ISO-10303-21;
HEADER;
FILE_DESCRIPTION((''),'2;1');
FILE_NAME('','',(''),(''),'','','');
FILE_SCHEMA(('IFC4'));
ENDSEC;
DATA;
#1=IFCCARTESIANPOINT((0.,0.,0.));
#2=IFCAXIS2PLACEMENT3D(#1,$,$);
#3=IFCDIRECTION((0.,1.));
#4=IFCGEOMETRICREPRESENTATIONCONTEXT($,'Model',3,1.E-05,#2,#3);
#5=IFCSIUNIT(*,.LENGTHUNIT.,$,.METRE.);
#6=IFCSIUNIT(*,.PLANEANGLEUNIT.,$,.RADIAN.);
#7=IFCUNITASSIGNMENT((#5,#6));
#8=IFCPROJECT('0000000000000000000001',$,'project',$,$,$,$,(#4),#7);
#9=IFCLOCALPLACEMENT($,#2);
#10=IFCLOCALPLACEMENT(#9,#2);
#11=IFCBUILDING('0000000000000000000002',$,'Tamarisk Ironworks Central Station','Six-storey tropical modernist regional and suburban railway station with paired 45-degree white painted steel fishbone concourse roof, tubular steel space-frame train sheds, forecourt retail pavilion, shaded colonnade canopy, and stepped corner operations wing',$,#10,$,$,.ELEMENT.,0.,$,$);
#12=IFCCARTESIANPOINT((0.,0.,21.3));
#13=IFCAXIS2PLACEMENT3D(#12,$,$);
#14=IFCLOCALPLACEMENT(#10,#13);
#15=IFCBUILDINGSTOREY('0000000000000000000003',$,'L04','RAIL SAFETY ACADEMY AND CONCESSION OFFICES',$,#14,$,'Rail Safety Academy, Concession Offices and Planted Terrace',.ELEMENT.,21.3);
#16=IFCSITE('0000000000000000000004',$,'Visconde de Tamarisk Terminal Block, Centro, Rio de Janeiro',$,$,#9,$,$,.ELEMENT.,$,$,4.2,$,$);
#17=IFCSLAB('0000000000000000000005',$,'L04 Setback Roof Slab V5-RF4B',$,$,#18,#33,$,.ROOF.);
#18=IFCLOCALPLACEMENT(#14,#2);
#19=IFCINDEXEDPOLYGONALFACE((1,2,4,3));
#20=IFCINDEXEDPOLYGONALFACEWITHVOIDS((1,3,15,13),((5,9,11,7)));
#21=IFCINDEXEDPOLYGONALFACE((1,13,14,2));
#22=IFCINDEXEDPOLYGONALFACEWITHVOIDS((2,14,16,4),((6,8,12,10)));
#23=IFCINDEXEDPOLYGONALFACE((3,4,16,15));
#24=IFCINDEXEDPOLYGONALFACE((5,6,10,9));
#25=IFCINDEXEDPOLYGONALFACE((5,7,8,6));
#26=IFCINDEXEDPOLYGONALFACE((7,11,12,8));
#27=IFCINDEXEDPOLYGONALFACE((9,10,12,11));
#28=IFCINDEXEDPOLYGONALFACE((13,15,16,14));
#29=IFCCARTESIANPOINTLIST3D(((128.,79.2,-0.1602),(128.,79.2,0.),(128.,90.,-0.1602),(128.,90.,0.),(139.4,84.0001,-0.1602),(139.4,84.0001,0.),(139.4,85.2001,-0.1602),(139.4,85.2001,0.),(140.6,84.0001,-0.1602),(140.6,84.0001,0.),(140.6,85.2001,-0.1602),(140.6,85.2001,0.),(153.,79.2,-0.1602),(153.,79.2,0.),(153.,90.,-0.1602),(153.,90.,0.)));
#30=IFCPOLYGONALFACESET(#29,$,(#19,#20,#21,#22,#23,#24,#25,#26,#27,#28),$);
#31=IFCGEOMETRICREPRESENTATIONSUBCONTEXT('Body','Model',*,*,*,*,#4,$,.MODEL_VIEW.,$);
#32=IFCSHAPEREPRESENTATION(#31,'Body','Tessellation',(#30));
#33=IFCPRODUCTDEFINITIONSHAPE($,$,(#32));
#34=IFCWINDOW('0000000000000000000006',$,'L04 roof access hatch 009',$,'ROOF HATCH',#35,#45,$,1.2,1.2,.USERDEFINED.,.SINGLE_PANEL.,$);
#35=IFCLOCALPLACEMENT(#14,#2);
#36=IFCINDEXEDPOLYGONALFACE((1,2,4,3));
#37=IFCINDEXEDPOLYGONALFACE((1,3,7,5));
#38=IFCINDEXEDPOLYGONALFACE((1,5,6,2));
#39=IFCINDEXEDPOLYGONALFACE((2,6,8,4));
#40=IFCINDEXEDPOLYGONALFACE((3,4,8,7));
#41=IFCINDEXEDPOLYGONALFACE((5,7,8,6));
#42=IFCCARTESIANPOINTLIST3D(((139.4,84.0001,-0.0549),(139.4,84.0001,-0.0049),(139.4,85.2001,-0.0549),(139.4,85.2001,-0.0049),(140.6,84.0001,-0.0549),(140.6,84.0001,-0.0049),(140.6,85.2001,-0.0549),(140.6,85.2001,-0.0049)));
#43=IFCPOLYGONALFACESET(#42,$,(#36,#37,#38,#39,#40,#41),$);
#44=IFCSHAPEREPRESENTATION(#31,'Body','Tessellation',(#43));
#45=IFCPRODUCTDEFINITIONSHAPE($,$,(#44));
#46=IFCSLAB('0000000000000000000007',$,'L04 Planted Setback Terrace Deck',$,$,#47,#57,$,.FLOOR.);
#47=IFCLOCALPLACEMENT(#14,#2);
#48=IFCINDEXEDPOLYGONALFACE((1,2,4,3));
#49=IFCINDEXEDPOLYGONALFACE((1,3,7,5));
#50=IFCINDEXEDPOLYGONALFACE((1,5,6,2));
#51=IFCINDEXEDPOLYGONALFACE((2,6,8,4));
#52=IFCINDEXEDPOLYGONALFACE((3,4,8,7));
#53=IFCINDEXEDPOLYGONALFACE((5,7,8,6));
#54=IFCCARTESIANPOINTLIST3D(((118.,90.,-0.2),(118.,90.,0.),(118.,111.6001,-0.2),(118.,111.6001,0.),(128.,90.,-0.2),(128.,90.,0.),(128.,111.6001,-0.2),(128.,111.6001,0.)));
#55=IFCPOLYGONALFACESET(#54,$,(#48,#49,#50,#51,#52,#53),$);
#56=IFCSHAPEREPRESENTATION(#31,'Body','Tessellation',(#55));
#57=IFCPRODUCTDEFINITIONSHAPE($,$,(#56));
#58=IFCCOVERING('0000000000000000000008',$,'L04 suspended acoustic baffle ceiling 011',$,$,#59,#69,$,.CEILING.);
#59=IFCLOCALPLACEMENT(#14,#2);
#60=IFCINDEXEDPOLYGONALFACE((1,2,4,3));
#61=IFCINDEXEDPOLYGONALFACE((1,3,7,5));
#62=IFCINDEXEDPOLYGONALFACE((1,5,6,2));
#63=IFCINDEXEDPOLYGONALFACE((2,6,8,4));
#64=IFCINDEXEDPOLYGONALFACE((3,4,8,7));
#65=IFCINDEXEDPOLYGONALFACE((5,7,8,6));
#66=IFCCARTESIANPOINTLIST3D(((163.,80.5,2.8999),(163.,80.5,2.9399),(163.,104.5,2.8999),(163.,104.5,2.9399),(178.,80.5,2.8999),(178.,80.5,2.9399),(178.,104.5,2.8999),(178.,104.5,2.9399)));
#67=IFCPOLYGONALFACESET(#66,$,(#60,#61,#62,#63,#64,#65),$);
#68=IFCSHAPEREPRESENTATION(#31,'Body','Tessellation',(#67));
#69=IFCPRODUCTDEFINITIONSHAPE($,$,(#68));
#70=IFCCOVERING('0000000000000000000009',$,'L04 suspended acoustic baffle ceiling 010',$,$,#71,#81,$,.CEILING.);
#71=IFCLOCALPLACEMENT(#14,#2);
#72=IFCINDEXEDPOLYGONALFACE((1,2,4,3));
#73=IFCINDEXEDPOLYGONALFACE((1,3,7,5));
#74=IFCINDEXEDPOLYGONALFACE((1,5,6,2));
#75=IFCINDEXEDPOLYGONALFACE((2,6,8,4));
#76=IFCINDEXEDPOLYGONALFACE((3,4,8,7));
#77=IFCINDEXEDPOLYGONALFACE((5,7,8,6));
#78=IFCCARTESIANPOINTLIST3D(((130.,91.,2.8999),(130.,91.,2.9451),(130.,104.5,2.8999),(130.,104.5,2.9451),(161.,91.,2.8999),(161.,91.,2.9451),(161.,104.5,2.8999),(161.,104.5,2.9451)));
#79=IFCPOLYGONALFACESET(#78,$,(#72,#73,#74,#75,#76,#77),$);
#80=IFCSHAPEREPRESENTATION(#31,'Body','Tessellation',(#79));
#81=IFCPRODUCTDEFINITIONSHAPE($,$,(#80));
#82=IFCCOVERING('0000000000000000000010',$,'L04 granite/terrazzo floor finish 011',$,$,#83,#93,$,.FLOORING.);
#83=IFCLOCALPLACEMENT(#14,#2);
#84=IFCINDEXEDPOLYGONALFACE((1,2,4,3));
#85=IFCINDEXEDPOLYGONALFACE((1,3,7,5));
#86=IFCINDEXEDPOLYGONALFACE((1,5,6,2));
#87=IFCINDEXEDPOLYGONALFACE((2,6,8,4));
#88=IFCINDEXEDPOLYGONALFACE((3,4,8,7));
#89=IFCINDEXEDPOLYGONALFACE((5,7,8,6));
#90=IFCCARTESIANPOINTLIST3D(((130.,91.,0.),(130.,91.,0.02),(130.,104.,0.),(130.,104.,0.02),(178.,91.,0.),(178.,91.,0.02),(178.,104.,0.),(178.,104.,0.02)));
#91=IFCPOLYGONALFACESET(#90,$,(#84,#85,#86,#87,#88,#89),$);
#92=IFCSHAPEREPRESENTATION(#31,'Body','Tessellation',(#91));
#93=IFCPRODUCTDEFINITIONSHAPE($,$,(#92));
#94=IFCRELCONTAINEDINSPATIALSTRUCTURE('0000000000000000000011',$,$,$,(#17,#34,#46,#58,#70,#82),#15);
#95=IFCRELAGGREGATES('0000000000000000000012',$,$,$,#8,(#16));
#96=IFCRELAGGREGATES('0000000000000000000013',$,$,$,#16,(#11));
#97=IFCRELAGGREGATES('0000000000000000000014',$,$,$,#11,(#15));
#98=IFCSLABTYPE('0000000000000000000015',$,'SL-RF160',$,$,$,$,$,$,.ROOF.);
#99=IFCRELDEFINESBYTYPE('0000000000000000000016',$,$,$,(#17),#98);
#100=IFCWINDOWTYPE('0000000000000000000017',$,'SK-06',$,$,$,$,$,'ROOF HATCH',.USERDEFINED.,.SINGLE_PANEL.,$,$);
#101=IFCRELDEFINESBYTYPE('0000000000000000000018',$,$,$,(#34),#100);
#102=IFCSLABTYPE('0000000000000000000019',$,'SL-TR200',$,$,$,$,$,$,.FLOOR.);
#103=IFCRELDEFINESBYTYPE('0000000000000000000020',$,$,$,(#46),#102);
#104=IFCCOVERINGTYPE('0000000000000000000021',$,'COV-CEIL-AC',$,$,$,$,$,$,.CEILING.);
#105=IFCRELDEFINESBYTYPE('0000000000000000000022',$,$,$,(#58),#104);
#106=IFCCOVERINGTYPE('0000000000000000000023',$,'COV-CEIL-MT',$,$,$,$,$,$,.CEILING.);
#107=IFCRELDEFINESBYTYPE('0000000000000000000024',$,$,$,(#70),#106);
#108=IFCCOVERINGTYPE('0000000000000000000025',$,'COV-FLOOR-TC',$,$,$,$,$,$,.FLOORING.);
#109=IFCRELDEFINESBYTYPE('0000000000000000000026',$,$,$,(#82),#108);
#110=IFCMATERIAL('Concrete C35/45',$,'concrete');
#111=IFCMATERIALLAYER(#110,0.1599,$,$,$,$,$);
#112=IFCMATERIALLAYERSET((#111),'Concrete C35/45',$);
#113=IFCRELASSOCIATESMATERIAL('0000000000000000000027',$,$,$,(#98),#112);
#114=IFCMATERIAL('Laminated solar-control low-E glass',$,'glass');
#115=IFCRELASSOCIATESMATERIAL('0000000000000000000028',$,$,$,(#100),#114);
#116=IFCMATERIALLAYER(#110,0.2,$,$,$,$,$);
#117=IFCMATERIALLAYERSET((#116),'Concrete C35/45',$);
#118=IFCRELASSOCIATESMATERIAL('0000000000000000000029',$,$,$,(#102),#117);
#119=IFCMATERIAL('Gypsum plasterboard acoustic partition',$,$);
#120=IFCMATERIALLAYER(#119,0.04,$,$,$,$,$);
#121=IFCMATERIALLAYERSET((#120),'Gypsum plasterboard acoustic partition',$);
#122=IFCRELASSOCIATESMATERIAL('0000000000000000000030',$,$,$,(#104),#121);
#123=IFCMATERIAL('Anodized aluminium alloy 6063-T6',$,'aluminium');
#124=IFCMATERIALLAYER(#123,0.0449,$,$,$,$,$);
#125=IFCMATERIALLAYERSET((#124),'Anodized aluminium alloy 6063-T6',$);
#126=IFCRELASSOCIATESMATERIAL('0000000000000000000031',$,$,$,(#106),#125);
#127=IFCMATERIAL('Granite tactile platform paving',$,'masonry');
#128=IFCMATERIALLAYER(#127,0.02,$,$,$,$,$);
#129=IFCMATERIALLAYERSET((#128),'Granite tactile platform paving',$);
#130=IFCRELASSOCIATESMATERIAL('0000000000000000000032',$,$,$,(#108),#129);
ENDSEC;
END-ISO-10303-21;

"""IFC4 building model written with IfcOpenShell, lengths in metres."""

from ifc_helpers import new_model, si_unit, direction, frame, origin, origin_2d, place, context, subcontext, project, spatial, polyline, rectangle, outline, extrude, material, layer, layer_set, type_object, element, fill, save


model = new_model("IFC4")

# Units and contexts
model_context = context("Model", 3, precision=1e-05, world=origin(), true_north=direction((0.0, 1.0)))
body_context = subcontext(model_context, "Body", "Model", "MODEL_VIEW")
ifc_project = project(units=[si_unit("LENGTHUNIT", "METRE"), si_unit("PLANEANGLEUNIT", "RADIAN")], contexts=[model_context])

# Site, building, storey
site_placement = place(None, origin())
site = spatial("IfcSite", under=ifc_project, at=site_placement, Name="Visconde de Tamarisk Terminal Block, Centro, Rio de Janeiro", CompositionType="ELEMENT", RefElevation=4.2)
building_placement = place(site_placement, origin())
building = spatial("IfcBuilding", under=site, at=building_placement, Name="Tamarisk Ironworks Central Station", Description="Six-storey tropical modernist regional and suburban railway station with paired 45-degree white painted steel fishbone concourse roof, tubular steel space-frame train sheds, forecourt retail pavilion, shaded colonnade canopy, and stepped corner operations wing", CompositionType="ELEMENT", ElevationOfRefHeight=0.0)
storey_placement = place(building_placement, frame((0.0, 0.0, 21.3)))
storey = spatial("IfcBuildingStorey", under=building, at=storey_placement, Name="L04", Description="RAIL SAFETY ACADEMY AND CONCESSION OFFICES", LongName="Rail Safety Academy, Concession Offices and Planted Terrace", CompositionType="ELEMENT", Elevation=21.3)

# Shared definitions
ifc_material_1 = material(Name="Concrete C35/45", Category="concrete")

# Slab, opening, window
ifc_layer_1 = layer(ifc_material_1, 0.1599)
ifc_layer_set_1 = layer_set([ifc_layer_1], Name="Concrete C35/45")
slab_type_1 = type_object("IfcSlabType", Name="SL-RF160", PredefinedType="ROOF", material=ifc_layer_set_1)
slab_1_placement = place(storey_placement, frame((0.0, 0.0, -0.1602)))
slab_1 = element("IfcSlab", 1, at=slab_1_placement, inside=storey, type_object=slab_type_1, Name="L04 Setback Roof Slab V5-RF4B", PredefinedType="ROOF", context=body_context, shape_type="SweptSolid", body=[
    extrude(outline(polyline([(128.0, 79.2), (153.0, 79.2), (153.0, 90.0), (128.0, 90.0), (128.0, 79.2)])), origin(), (0.0, 0.0, 1.0), 0.1602),
])
opening_placement = place(slab_1_placement, frame((140.0, 84.6001, 0.0)))
opening = element("IfcOpeningElement", 2, at=opening_placement, cuts=slab_1, PredefinedType="OPENING", context=body_context, shape_type="SweptSolid", body=[
    extrude(rectangle(XDim=1.2, YDim=1.2, at=origin_2d()), frame((0.0, 0.0, -0.012)), (0.0, 0.0, 1.0), 0.1841),
])
ifc_material_2 = material(Name="Laminated solar-control low-E glass", Category="glass")
window_type = type_object("IfcWindowType", Name="SK-06", ElementType="ROOF HATCH", PartitioningType="SINGLE_PANEL", PredefinedType="USERDEFINED", material=ifc_material_2)
window_placement = place(opening_placement, frame((0.0, 0.0, 0.1052)))
window = element("IfcWindow", 3, at=window_placement, inside=storey, type_object=window_type, Name="L04 roof access hatch 009", ObjectType="ROOF HATCH", OverallHeight=1.2, OverallWidth=1.2, PartitioningType="SINGLE_PANEL", PredefinedType="USERDEFINED", context=body_context, shape_type="SweptSolid", body=[
    extrude(rectangle(XDim=1.2, YDim=1.2, at=origin_2d()), origin(), (0.0, 0.0, 1.0), 0.05),
])
fill(opening, window)

# Slab
ifc_layer_2 = layer(ifc_material_1, 0.2)
ifc_layer_set_2 = layer_set([ifc_layer_2], Name="Concrete C35/45")
slab_type_2 = type_object("IfcSlabType", Name="SL-TR200", PredefinedType="FLOOR", material=ifc_layer_set_2)
slab_2_placement = place(storey_placement, frame((0.0, 0.0, -0.2)))
element("IfcSlab", 4, at=slab_2_placement, inside=storey, type_object=slab_type_2, Name="L04 Planted Setback Terrace Deck", PredefinedType="FLOOR", context=body_context, shape_type="SweptSolid", body=[
    extrude(outline(polyline([(118.0, 90.0), (128.0, 90.0), (128.0, 111.6001), (118.0, 111.6001), (118.0, 90.0)])), origin(), (0.0, 0.0, 1.0), 0.2),
])

# Coverings
ifc_material_3 = material(Name="Gypsum plasterboard acoustic partition")
ifc_layer_3 = layer(ifc_material_3, 0.04)
ifc_layer_set_3 = layer_set([ifc_layer_3], Name="Gypsum plasterboard acoustic partition")
covering_type_1 = type_object("IfcCoveringType", Name="COV-CEIL-AC", PredefinedType="CEILING", material=ifc_layer_set_3)
covering_1_placement = place(storey_placement, frame((0.0, 0.0, 2.8999)))
element("IfcCovering", 5, at=covering_1_placement, inside=storey, type_object=covering_type_1, Name="L04 suspended acoustic baffle ceiling 011", PredefinedType="CEILING", context=body_context, shape_type="SweptSolid", body=[
    extrude(outline(polyline([(163.0, 80.5), (178.0, 80.5), (178.0, 104.5), (163.0, 104.5), (163.0, 80.5)])), origin(), (0.0, 0.0, 1.0), 0.04),
])
ifc_material_4 = material(Name="Anodized aluminium alloy 6063-T6", Category="aluminium")
ifc_layer_4 = layer(ifc_material_4, 0.0449)
ifc_layer_set_4 = layer_set([ifc_layer_4], Name="Anodized aluminium alloy 6063-T6")
covering_type_2 = type_object("IfcCoveringType", Name="COV-CEIL-MT", PredefinedType="CEILING", material=ifc_layer_set_4)
covering_2_placement = place(storey_placement, frame((0.0, 0.0, 2.8999)))
element("IfcCovering", 6, at=covering_2_placement, inside=storey, type_object=covering_type_2, Name="L04 suspended acoustic baffle ceiling 010", PredefinedType="CEILING", context=body_context, shape_type="SweptSolid", body=[
    extrude(outline(polyline([(130.0, 91.0), (161.0, 91.0), (161.0, 104.5), (130.0, 104.5), (130.0, 91.0)])), origin(), (0.0, 0.0, 1.0), 0.0452),
])
ifc_material_5 = material(Name="Granite tactile platform paving", Category="masonry")
ifc_layer_5 = layer(ifc_material_5, 0.02)
ifc_layer_set_5 = layer_set([ifc_layer_5], Name="Granite tactile platform paving")
covering_type_3 = type_object("IfcCoveringType", Name="COV-FLOOR-TC", PredefinedType="FLOORING", material=ifc_layer_set_5)
covering_3_placement = place(storey_placement, origin())
element("IfcCovering", 7, at=covering_3_placement, inside=storey, type_object=covering_type_3, Name="L04 granite/terrazzo floor finish 011", PredefinedType="FLOORING", context=body_context, shape_type="SweptSolid", body=[
    extrude(outline(polyline([(130.0, 91.0), (178.0, 91.0), (178.0, 104.0), (130.0, 104.0), (130.0, 91.0)])), origin(), (0.0, 0.0, 1.0), 0.02),
])

save(model, "model.ifc")
